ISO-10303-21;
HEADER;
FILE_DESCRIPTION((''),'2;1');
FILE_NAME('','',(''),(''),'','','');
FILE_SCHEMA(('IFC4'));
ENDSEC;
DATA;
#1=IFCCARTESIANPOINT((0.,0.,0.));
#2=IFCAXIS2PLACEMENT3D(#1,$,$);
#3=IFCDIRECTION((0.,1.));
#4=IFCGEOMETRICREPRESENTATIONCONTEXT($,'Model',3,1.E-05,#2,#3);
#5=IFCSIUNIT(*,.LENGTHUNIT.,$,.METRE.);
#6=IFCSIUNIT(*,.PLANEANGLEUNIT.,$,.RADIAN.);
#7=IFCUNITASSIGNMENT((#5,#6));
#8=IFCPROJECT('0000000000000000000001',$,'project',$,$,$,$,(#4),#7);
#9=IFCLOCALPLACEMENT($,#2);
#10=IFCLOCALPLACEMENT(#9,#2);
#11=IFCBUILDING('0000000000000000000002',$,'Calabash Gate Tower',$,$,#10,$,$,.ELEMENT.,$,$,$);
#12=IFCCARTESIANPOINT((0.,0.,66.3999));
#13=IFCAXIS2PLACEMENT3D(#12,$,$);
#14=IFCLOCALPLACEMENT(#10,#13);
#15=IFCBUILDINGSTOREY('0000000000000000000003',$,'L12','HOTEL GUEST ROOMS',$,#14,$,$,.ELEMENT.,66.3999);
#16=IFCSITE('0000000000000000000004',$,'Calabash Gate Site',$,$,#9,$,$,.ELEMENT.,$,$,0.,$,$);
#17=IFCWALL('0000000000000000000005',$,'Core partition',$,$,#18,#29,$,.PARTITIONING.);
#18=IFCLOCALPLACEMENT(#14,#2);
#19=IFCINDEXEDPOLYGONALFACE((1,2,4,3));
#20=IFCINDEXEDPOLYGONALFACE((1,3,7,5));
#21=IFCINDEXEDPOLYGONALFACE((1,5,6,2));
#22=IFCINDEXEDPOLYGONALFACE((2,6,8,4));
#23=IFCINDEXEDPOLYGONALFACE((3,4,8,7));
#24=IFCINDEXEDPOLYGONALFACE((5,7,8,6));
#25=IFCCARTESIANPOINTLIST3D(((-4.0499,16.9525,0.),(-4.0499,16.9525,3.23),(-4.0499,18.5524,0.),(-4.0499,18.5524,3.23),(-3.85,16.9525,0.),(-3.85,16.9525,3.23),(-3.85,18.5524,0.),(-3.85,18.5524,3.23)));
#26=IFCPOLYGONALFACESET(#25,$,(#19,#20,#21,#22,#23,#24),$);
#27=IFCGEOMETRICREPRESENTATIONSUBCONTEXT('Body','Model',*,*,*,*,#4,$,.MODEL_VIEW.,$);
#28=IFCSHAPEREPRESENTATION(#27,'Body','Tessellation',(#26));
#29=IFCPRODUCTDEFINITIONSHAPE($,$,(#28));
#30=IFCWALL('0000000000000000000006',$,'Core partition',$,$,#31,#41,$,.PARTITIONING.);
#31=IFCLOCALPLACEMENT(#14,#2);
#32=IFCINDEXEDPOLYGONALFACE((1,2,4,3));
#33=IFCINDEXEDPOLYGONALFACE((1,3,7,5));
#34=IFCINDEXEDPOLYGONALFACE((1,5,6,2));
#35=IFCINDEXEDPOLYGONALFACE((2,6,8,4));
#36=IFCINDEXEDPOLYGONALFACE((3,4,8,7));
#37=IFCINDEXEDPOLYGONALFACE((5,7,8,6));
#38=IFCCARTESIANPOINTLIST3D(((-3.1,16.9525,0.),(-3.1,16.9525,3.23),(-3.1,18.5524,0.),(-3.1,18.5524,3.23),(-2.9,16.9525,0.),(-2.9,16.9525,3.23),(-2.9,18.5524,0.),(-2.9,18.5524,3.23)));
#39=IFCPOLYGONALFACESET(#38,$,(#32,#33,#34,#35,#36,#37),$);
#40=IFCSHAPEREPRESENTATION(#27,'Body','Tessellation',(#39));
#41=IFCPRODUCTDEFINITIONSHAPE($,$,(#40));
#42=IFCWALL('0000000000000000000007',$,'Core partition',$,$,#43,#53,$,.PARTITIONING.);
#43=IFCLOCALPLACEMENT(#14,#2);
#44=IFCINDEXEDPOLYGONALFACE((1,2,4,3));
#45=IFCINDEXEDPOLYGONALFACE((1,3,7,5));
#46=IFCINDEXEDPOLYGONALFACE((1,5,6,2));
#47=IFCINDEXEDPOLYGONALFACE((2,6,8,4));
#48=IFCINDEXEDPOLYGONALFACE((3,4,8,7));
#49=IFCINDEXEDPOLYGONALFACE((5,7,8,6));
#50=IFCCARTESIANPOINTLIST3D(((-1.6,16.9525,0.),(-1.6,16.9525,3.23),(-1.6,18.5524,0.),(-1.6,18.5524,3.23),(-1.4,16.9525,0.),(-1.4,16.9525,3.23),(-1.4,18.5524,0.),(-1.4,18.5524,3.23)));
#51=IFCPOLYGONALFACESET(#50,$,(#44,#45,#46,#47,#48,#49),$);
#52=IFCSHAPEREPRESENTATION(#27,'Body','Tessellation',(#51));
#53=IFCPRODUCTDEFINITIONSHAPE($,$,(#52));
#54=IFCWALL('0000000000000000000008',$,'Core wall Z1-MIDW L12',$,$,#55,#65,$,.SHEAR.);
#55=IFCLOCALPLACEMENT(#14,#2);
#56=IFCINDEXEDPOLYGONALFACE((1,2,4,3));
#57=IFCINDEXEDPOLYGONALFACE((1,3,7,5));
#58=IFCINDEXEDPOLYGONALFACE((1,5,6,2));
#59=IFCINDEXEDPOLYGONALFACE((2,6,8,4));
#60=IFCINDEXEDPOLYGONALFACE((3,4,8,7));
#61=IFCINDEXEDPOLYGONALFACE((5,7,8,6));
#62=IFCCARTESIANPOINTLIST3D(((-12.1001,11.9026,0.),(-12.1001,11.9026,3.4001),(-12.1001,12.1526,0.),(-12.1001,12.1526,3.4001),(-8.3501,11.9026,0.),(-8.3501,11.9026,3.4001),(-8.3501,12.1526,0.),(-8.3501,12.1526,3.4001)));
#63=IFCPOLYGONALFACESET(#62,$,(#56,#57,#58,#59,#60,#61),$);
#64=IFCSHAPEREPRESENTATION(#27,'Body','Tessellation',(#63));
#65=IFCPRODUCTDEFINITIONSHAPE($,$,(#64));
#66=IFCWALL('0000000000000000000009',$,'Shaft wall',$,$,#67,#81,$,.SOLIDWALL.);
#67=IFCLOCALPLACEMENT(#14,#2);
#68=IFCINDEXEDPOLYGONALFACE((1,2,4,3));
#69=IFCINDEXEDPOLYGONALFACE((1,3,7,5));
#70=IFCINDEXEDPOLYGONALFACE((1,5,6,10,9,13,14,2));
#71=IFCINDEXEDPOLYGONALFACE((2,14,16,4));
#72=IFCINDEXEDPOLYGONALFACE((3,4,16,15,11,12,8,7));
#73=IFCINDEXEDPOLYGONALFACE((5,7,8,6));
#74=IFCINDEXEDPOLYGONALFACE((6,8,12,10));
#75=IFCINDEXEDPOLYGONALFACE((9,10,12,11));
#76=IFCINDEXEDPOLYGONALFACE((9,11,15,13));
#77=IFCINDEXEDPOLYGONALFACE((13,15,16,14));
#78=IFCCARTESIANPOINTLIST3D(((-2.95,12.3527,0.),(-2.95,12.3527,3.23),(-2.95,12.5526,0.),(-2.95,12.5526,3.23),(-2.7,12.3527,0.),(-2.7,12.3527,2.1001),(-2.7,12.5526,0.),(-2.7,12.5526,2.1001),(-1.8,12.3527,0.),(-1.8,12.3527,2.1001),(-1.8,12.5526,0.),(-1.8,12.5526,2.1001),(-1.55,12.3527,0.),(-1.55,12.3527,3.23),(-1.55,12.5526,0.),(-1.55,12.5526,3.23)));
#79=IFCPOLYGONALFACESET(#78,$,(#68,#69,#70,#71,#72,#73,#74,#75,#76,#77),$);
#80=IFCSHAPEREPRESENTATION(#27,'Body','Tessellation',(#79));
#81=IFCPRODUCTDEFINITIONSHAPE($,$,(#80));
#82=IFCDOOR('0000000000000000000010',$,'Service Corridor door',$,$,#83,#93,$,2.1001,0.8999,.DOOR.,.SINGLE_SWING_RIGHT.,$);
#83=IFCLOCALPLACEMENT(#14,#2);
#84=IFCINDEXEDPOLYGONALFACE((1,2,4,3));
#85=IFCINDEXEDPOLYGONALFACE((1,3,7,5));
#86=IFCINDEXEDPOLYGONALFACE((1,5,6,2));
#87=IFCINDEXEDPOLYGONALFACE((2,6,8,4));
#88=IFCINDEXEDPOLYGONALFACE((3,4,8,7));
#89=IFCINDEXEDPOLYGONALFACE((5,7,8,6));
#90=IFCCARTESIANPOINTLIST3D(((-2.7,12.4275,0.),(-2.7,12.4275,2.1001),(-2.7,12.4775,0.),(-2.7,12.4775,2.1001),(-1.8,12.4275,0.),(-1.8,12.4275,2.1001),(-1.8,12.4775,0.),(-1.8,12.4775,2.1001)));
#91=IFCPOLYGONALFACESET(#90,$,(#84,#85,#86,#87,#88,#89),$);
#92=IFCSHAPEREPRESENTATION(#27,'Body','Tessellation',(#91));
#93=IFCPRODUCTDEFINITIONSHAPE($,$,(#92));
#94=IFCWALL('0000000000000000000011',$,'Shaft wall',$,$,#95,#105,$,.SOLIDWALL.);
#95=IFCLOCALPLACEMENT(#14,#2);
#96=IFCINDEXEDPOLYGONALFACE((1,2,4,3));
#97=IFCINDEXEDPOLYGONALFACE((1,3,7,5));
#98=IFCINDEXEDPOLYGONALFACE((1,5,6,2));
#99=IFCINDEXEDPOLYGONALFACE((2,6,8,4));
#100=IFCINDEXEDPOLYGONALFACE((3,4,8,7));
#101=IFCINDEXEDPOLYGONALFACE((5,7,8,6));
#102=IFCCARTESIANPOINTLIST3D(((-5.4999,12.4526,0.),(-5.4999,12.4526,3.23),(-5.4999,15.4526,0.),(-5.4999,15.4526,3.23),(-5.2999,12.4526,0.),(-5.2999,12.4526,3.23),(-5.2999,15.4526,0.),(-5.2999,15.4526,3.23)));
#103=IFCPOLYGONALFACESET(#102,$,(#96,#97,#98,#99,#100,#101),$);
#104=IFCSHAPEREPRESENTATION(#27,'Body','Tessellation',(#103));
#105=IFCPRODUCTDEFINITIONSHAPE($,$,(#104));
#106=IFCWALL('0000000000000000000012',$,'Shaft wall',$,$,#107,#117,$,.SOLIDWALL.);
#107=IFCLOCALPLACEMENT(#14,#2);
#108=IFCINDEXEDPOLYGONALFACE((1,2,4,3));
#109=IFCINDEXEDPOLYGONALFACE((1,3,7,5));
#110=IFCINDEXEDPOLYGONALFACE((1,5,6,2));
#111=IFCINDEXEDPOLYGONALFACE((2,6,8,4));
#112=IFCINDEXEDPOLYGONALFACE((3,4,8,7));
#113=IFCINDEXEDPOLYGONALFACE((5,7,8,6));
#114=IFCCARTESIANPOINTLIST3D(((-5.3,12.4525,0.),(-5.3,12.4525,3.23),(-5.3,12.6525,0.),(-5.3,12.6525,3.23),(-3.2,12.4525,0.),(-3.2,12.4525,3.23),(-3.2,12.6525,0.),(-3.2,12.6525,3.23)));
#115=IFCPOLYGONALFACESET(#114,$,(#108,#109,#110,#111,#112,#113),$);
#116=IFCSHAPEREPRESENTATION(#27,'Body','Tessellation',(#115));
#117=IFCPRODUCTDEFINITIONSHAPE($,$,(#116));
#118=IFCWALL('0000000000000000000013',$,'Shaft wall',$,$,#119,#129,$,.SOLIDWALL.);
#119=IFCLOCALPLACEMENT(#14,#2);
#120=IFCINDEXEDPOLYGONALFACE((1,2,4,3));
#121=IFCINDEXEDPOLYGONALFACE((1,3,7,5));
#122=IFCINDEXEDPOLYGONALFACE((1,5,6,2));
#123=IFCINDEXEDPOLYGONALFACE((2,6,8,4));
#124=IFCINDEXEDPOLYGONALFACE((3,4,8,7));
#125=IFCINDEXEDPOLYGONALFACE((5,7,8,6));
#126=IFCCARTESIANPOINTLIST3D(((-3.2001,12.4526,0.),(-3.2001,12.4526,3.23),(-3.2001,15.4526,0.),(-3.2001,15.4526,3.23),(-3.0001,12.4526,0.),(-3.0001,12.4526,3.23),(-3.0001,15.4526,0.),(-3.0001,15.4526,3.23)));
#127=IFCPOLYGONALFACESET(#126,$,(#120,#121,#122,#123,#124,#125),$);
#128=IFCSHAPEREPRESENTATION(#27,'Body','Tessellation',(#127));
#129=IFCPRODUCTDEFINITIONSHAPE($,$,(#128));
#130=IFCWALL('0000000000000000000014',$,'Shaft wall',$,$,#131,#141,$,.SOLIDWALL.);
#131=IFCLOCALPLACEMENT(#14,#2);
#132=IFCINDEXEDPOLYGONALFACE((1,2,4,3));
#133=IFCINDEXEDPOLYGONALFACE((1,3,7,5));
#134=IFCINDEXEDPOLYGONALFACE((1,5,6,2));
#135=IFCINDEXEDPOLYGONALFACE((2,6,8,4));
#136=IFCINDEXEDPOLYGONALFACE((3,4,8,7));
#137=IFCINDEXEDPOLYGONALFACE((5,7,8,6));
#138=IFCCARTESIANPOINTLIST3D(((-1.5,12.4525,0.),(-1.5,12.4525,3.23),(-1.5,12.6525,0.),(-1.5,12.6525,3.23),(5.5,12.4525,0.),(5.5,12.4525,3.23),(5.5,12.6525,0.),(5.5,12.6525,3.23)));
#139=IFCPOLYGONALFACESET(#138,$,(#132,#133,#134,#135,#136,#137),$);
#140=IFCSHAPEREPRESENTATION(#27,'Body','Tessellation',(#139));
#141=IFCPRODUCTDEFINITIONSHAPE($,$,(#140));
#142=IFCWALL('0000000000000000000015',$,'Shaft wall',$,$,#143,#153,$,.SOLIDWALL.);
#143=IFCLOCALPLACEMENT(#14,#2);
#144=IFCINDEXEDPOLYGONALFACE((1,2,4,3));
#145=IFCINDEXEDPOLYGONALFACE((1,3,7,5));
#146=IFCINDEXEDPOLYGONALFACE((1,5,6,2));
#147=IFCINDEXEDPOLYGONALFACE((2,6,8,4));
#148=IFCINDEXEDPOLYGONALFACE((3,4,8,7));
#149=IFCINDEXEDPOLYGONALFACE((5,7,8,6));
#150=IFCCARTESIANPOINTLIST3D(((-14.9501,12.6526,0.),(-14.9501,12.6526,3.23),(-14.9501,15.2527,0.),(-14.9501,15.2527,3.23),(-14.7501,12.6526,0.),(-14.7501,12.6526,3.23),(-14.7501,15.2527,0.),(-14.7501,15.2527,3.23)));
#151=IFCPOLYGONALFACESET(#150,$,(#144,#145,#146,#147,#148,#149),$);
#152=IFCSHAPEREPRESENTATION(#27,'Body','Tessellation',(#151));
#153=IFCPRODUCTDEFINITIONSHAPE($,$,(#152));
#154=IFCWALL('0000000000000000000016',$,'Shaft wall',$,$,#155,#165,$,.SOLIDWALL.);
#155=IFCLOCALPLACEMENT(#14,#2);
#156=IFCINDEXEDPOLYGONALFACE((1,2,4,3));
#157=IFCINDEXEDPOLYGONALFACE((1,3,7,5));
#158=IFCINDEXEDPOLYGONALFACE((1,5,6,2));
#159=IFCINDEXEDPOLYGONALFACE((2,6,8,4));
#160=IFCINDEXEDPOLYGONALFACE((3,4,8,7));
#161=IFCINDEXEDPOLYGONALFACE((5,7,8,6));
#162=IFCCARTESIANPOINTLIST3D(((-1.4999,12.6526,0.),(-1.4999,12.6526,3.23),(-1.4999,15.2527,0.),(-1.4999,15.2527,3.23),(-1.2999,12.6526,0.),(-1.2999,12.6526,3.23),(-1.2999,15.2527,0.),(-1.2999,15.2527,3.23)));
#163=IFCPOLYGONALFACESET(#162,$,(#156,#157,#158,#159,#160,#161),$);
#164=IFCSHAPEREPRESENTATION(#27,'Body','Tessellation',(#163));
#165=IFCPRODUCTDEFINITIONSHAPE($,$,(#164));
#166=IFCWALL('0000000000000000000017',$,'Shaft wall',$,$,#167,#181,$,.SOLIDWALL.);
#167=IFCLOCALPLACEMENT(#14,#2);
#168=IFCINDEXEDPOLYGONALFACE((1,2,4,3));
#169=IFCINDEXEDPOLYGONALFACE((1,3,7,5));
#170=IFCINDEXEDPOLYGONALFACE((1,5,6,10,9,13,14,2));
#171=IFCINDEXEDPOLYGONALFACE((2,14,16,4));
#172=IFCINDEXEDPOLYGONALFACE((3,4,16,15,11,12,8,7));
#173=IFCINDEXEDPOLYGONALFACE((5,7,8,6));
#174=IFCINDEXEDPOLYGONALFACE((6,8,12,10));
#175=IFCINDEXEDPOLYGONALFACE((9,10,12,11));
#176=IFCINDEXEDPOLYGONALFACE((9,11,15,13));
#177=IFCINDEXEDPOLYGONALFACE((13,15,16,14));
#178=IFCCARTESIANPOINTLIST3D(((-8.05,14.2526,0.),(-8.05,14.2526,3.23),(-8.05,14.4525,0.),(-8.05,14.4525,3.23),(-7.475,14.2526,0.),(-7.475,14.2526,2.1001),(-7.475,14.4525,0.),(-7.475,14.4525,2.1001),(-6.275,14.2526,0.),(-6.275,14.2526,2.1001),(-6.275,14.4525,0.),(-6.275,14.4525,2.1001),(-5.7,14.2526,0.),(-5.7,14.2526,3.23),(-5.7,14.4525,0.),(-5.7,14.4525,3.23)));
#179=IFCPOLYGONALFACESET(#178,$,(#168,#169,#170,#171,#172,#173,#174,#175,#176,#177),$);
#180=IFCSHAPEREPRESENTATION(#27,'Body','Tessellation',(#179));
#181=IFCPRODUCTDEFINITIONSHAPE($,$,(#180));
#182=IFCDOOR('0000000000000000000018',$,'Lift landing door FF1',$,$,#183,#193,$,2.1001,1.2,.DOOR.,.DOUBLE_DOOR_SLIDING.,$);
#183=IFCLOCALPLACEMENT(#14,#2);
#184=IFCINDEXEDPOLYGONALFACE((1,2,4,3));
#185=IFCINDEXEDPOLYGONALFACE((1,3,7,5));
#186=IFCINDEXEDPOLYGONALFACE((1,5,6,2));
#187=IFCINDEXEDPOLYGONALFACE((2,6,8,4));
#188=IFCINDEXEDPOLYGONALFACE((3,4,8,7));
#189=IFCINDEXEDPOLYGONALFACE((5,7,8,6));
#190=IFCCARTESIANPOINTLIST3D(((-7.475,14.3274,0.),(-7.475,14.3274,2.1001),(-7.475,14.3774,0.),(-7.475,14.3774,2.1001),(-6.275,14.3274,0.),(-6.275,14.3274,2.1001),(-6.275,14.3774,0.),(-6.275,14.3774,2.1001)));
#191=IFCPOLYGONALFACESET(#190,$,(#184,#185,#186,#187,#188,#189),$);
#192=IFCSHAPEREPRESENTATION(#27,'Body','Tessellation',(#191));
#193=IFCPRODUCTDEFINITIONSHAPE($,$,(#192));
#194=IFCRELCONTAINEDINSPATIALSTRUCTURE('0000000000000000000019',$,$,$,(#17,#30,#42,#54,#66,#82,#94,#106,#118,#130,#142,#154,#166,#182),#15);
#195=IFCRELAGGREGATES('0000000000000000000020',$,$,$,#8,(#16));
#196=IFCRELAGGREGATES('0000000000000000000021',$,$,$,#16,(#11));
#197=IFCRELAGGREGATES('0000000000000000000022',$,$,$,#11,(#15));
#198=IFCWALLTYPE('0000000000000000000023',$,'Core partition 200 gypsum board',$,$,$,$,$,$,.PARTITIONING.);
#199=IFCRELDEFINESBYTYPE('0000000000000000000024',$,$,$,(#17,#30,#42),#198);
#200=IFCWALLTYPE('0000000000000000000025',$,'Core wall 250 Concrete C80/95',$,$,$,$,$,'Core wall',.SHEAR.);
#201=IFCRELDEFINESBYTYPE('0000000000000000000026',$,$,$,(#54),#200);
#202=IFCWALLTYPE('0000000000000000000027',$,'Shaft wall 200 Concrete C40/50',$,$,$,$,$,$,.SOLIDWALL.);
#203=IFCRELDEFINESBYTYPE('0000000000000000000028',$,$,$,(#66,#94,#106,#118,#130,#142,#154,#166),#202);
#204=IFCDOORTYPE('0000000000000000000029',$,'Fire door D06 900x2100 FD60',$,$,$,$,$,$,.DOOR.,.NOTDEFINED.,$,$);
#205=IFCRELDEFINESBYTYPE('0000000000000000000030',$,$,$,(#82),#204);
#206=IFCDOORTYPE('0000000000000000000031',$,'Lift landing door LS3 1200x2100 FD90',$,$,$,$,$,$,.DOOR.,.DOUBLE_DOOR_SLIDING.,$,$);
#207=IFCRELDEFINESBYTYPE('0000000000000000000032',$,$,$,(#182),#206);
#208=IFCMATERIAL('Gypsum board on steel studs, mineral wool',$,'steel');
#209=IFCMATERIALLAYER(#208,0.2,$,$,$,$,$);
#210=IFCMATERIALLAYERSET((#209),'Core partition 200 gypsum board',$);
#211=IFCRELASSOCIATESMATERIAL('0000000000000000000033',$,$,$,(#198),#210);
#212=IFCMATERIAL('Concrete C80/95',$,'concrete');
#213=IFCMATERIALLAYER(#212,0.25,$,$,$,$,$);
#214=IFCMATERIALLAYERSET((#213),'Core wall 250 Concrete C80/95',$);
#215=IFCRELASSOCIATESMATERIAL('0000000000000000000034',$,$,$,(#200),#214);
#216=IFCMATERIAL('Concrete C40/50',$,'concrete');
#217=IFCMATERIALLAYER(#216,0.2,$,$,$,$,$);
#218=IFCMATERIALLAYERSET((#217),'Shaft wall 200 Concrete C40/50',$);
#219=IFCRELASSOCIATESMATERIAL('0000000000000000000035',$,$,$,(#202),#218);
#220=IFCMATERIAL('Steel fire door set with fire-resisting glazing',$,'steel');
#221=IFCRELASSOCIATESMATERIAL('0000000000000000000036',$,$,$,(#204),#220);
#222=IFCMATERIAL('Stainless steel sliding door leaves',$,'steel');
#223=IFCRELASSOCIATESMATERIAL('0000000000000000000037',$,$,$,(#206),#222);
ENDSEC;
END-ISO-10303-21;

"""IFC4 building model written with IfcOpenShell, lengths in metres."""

from ifc_helpers import new_model, si_unit, direction, frame, frame_2d, origin, place, context, subcontext, project, spatial, rectangle, extrude, material, layer, layer_set, type_object, element, fill, save


model = new_model("IFC4")

# Units and contexts
model_context = context("Model", 3, precision=1e-05, world=origin(), true_north=direction((0.0, 1.0)))
body_context = subcontext(model_context, "Body", "Model", "MODEL_VIEW")
ifc_project = project(units=[si_unit("LENGTHUNIT", "METRE"), si_unit("PLANEANGLEUNIT", "RADIAN")], contexts=[model_context])

# Site, building, storey
site_placement = place(None, origin())
site = spatial("IfcSite", under=ifc_project, at=site_placement, Name="Calabash Gate Site", CompositionType="ELEMENT", RefElevation=0.0)
building_placement = place(site_placement, origin())
building = spatial("IfcBuilding", under=site, at=building_placement, Name="Calabash Gate Tower", CompositionType="ELEMENT")
storey_placement = place(building_placement, frame((0.0, 0.0, 66.3999)))
storey = spatial("IfcBuildingStorey", under=building, at=storey_placement, Name="L12", Description="HOTEL GUEST ROOMS", CompositionType="ELEMENT", Elevation=66.3999)

# Walls
ifc_material_1 = material(Name="Gypsum board on steel studs, mineral wool", Category="steel")
ifc_layer_1 = layer(ifc_material_1, 0.2)
ifc_layer_set_1 = layer_set([ifc_layer_1], Name="Core partition 200 gypsum board")
wall_type_1 = type_object("IfcWallType", Name="Core partition 200 gypsum board", PredefinedType="PARTITIONING", material=ifc_layer_set_1)
for number, where, z_axis, x_axis, name in (
    (1, (-3.95, 16.9526, 0.0), (0.0, 0.0, 1.0), (0.0, 1.0, 0.0), "Core partition"),
    (2, (-3.0, 16.9526, 0.0), (0.0, 0.0, 1.0), (0.0, 1.0, 0.0), "Core partition"),
    (3, (-1.5, 16.9526, 0.0), (0.0, 0.0, 1.0), (0.0, 1.0, 0.0), "Core partition"),
):
    element("IfcWall", number, at=place(storey_placement, frame(where, z_axis=z_axis, x_axis=x_axis)), inside=storey, type_object=wall_type_1, Name=name, PredefinedType="PARTITIONING", context=body_context, shape_type="SweptSolid", body=[
        extrude(rectangle(XDim=1.5999, YDim=0.2, at=frame_2d((0.7998, 0.0))), origin(), (0.0, 0.0, 1.0), 3.23),
    ])
ifc_material_2 = material(Name="Concrete C80/95", Category="concrete")
ifc_layer_2 = layer(ifc_material_2, 0.25)
ifc_layer_set_2 = layer_set([ifc_layer_2], Name="Core wall 250 Concrete C80/95")
wall_type_2 = type_object("IfcWallType", Name="Core wall 250 Concrete C80/95", ElementType="Core wall", PredefinedType="SHEAR", material=ifc_layer_set_2)
wall_1_placement = place(storey_placement, frame((-12.1001, 12.0276, 0.0), z_axis=(0.0, 0.0, 1.0), x_axis=(1.0, 0.0, 0.0)))
element("IfcWall", 4, at=wall_1_placement, inside=storey, type_object=wall_type_2, Name="Core wall Z1-MIDW L12", PredefinedType="SHEAR", context=body_context, shape_type="SweptSolid", body=[
    extrude(rectangle(XDim=3.75, YDim=0.25, at=frame_2d((1.875, 0.0))), origin(), (0.0, 0.0, 1.0), 3.4001),
])

# Wall, opening, door
ifc_material_3 = material(Name="Concrete C40/50", Category="concrete")
ifc_layer_3 = layer(ifc_material_3, 0.2)
ifc_layer_set_3 = layer_set([ifc_layer_3], Name="Shaft wall 200 Concrete C40/50")
wall_type_3 = type_object("IfcWallType", Name="Shaft wall 200 Concrete C40/50", PredefinedType="SOLIDWALL", material=ifc_layer_set_3)
wall_2_placement = place(storey_placement, frame((-2.95, 12.4526, 0.0), z_axis=(0.0, 0.0, 1.0), x_axis=(1.0, 0.0, 0.0)))
wall_2 = element("IfcWall", 5, at=wall_2_placement, inside=storey, type_object=wall_type_3, Name="Shaft wall", PredefinedType="SOLIDWALL", context=body_context, shape_type="SweptSolid", body=[
    extrude(rectangle(XDim=1.3999, YDim=0.2, at=frame_2d((0.7, 0.0))), origin(), (0.0, 0.0, 1.0), 3.23),
])
opening_1_placement = place(wall_2_placement, frame((0.25, 0.0, 0.0)))
opening_1 = element("IfcOpeningElement", 6, at=opening_1_placement, cuts=wall_2, PredefinedType="OPENING", context=body_context, shape_type="SweptSolid", body=[
    extrude(rectangle(XDim=0.8999, YDim=2.1001, at=frame_2d((0.45, 1.05))), frame((0.0, 0.1099, 0.0), z_axis=(0.0, -1.0, 0.0), x_axis=(1.0, 0.0, 0.0)), (0.0, 0.0, 1.0), 0.22),
])
ifc_material_4 = material(Name="Steel fire door set with fire-resisting glazing", Category="steel")
door_type_1 = type_object("IfcDoorType", Name="Fire door D06 900x2100 FD60", OperationType="NOTDEFINED", PredefinedType="DOOR", material=ifc_material_4)
door_1_placement = place(opening_1_placement, origin())
door_1 = element("IfcDoor", 7, at=door_1_placement, inside=storey, type_object=door_type_1, Name="Service Corridor door", OperationType="SINGLE_SWING_RIGHT", OverallHeight=2.1001, OverallWidth=0.8999, PredefinedType="DOOR", context=body_context, shape_type="SweptSolid", body=[
    extrude(rectangle(XDim=0.8999, YDim=2.1001, at=frame_2d((0.45, 1.05))), frame((0.0, 0.0249, 0.0), z_axis=(0.0, -1.0, 0.0), x_axis=(1.0, 0.0, 0.0)), (0.0, 0.0, 1.0), 0.05),
])
fill(opening_1, door_1)

# Walls
wall_3_placement = place(storey_placement, frame((-5.3999, 12.4526, 0.0), z_axis=(0.0, 0.0, 1.0), x_axis=(0.0, 1.0, 0.0)))
element("IfcWall", 8, at=wall_3_placement, inside=storey, type_object=wall_type_3, Name="Shaft wall", PredefinedType="SOLIDWALL", context=body_context, shape_type="SweptSolid", body=[
    extrude(rectangle(XDim=3.0, YDim=0.2, at=frame_2d((1.5, 0.0))), origin(), (0.0, 0.0, 1.0), 3.23),
])
wall_4_placement = place(storey_placement, frame((-5.3, 12.5525, 0.0), z_axis=(0.0, 0.0, 1.0), x_axis=(1.0, 0.0, 0.0)))
element("IfcWall", 9, at=wall_4_placement, inside=storey, type_object=wall_type_3, Name="Shaft wall", PredefinedType="SOLIDWALL", context=body_context, shape_type="SweptSolid", body=[
    extrude(rectangle(XDim=2.1001, YDim=0.2, at=frame_2d((1.05, 0.0))), origin(), (0.0, 0.0, 1.0), 3.23),
])
wall_5_placement = place(storey_placement, frame((-3.1001, 12.4526, 0.0), z_axis=(0.0, 0.0, 1.0), x_axis=(0.0, 1.0, 0.0)))
element("IfcWall", 10, at=wall_5_placement, inside=storey, type_object=wall_type_3, Name="Shaft wall", PredefinedType="SOLIDWALL", context=body_context, shape_type="SweptSolid", body=[
    extrude(rectangle(XDim=3.0, YDim=0.2, at=frame_2d((1.5, 0.0))), origin(), (0.0, 0.0, 1.0), 3.23),
])
wall_6_placement = place(storey_placement, frame((-1.5, 12.5525, 0.0), z_axis=(0.0, 0.0, 1.0), x_axis=(1.0, 0.0, 0.0)))
element("IfcWall", 11, at=wall_6_placement, inside=storey, type_object=wall_type_3, Name="Shaft wall", PredefinedType="SOLIDWALL", context=body_context, shape_type="SweptSolid", body=[
    extrude(rectangle(XDim=7.0, YDim=0.2, at=frame_2d((3.5, 0.0))), origin(), (0.0, 0.0, 1.0), 3.23),
])
for number, where, z_axis, x_axis, name in (
    (12, (-14.8501, 12.6526, 0.0), (0.0, 0.0, 1.0), (0.0, 1.0, 0.0), "Shaft wall"),
    (13, (-1.3999, 12.6526, 0.0), (0.0, 0.0, 1.0), (0.0, 1.0, 0.0), "Shaft wall"),
):
    element("IfcWall", number, at=place(storey_placement, frame(where, z_axis=z_axis, x_axis=x_axis)), inside=storey, type_object=wall_type_3, Name=name, PredefinedType="SOLIDWALL", context=body_context, shape_type="SweptSolid", body=[
        extrude(rectangle(XDim=2.6001, YDim=0.2, at=frame_2d((1.3, 0.0))), origin(), (0.0, 0.0, 1.0), 3.23),
    ])

# Wall, opening, door
wall_7_placement = place(storey_placement, frame((-8.05, 14.3525, 0.0), z_axis=(0.0, 0.0, 1.0), x_axis=(1.0, 0.0, 0.0)))
wall_7 = element("IfcWall", 14, at=wall_7_placement, inside=storey, type_object=wall_type_3, Name="Shaft wall", PredefinedType="SOLIDWALL", context=body_context, shape_type="SweptSolid", body=[
    extrude(rectangle(XDim=2.3501, YDim=0.2, at=frame_2d((1.175, 0.0))), origin(), (0.0, 0.0, 1.0), 3.23),
])
opening_2_placement = place(wall_7_placement, frame((0.575, 0.0, 0.0)))
opening_2 = element("IfcOpeningElement", 15, at=opening_2_placement, cuts=wall_7, PredefinedType="OPENING", context=body_context, shape_type="SweptSolid", body=[
    extrude(rectangle(XDim=1.2, YDim=2.1001, at=frame_2d((0.6001, 1.05))), frame((0.0, 0.1099, 0.0), z_axis=(0.0, -1.0, 0.0), x_axis=(1.0, 0.0, 0.0)), (0.0, 0.0, 1.0), 0.22),
])
ifc_material_5 = material(Name="Stainless steel sliding door leaves", Category="steel")
door_type_2 = type_object("IfcDoorType", Name="Lift landing door LS3 1200x2100 FD90", OperationType="DOUBLE_DOOR_SLIDING", PredefinedType="DOOR", material=ifc_material_5)
door_2_placement = place(opening_2_placement, origin())
door_2 = element("IfcDoor", 16, at=door_2_placement, inside=storey, type_object=door_type_2, Name="Lift landing door FF1", OperationType="DOUBLE_DOOR_SLIDING", OverallHeight=2.1001, OverallWidth=1.2, PredefinedType="DOOR", context=body_context, shape_type="SweptSolid", body=[
    extrude(rectangle(XDim=1.2, YDim=2.1001, at=frame_2d((0.6001, 1.05))), frame((0.0, 0.0249, 0.0), z_axis=(0.0, -1.0, 0.0), x_axis=(1.0, 0.0, 0.0)), (0.0, 0.0, 1.0), 0.05),
])
fill(opening_2, door_2)

save(model, "model.ifc")
